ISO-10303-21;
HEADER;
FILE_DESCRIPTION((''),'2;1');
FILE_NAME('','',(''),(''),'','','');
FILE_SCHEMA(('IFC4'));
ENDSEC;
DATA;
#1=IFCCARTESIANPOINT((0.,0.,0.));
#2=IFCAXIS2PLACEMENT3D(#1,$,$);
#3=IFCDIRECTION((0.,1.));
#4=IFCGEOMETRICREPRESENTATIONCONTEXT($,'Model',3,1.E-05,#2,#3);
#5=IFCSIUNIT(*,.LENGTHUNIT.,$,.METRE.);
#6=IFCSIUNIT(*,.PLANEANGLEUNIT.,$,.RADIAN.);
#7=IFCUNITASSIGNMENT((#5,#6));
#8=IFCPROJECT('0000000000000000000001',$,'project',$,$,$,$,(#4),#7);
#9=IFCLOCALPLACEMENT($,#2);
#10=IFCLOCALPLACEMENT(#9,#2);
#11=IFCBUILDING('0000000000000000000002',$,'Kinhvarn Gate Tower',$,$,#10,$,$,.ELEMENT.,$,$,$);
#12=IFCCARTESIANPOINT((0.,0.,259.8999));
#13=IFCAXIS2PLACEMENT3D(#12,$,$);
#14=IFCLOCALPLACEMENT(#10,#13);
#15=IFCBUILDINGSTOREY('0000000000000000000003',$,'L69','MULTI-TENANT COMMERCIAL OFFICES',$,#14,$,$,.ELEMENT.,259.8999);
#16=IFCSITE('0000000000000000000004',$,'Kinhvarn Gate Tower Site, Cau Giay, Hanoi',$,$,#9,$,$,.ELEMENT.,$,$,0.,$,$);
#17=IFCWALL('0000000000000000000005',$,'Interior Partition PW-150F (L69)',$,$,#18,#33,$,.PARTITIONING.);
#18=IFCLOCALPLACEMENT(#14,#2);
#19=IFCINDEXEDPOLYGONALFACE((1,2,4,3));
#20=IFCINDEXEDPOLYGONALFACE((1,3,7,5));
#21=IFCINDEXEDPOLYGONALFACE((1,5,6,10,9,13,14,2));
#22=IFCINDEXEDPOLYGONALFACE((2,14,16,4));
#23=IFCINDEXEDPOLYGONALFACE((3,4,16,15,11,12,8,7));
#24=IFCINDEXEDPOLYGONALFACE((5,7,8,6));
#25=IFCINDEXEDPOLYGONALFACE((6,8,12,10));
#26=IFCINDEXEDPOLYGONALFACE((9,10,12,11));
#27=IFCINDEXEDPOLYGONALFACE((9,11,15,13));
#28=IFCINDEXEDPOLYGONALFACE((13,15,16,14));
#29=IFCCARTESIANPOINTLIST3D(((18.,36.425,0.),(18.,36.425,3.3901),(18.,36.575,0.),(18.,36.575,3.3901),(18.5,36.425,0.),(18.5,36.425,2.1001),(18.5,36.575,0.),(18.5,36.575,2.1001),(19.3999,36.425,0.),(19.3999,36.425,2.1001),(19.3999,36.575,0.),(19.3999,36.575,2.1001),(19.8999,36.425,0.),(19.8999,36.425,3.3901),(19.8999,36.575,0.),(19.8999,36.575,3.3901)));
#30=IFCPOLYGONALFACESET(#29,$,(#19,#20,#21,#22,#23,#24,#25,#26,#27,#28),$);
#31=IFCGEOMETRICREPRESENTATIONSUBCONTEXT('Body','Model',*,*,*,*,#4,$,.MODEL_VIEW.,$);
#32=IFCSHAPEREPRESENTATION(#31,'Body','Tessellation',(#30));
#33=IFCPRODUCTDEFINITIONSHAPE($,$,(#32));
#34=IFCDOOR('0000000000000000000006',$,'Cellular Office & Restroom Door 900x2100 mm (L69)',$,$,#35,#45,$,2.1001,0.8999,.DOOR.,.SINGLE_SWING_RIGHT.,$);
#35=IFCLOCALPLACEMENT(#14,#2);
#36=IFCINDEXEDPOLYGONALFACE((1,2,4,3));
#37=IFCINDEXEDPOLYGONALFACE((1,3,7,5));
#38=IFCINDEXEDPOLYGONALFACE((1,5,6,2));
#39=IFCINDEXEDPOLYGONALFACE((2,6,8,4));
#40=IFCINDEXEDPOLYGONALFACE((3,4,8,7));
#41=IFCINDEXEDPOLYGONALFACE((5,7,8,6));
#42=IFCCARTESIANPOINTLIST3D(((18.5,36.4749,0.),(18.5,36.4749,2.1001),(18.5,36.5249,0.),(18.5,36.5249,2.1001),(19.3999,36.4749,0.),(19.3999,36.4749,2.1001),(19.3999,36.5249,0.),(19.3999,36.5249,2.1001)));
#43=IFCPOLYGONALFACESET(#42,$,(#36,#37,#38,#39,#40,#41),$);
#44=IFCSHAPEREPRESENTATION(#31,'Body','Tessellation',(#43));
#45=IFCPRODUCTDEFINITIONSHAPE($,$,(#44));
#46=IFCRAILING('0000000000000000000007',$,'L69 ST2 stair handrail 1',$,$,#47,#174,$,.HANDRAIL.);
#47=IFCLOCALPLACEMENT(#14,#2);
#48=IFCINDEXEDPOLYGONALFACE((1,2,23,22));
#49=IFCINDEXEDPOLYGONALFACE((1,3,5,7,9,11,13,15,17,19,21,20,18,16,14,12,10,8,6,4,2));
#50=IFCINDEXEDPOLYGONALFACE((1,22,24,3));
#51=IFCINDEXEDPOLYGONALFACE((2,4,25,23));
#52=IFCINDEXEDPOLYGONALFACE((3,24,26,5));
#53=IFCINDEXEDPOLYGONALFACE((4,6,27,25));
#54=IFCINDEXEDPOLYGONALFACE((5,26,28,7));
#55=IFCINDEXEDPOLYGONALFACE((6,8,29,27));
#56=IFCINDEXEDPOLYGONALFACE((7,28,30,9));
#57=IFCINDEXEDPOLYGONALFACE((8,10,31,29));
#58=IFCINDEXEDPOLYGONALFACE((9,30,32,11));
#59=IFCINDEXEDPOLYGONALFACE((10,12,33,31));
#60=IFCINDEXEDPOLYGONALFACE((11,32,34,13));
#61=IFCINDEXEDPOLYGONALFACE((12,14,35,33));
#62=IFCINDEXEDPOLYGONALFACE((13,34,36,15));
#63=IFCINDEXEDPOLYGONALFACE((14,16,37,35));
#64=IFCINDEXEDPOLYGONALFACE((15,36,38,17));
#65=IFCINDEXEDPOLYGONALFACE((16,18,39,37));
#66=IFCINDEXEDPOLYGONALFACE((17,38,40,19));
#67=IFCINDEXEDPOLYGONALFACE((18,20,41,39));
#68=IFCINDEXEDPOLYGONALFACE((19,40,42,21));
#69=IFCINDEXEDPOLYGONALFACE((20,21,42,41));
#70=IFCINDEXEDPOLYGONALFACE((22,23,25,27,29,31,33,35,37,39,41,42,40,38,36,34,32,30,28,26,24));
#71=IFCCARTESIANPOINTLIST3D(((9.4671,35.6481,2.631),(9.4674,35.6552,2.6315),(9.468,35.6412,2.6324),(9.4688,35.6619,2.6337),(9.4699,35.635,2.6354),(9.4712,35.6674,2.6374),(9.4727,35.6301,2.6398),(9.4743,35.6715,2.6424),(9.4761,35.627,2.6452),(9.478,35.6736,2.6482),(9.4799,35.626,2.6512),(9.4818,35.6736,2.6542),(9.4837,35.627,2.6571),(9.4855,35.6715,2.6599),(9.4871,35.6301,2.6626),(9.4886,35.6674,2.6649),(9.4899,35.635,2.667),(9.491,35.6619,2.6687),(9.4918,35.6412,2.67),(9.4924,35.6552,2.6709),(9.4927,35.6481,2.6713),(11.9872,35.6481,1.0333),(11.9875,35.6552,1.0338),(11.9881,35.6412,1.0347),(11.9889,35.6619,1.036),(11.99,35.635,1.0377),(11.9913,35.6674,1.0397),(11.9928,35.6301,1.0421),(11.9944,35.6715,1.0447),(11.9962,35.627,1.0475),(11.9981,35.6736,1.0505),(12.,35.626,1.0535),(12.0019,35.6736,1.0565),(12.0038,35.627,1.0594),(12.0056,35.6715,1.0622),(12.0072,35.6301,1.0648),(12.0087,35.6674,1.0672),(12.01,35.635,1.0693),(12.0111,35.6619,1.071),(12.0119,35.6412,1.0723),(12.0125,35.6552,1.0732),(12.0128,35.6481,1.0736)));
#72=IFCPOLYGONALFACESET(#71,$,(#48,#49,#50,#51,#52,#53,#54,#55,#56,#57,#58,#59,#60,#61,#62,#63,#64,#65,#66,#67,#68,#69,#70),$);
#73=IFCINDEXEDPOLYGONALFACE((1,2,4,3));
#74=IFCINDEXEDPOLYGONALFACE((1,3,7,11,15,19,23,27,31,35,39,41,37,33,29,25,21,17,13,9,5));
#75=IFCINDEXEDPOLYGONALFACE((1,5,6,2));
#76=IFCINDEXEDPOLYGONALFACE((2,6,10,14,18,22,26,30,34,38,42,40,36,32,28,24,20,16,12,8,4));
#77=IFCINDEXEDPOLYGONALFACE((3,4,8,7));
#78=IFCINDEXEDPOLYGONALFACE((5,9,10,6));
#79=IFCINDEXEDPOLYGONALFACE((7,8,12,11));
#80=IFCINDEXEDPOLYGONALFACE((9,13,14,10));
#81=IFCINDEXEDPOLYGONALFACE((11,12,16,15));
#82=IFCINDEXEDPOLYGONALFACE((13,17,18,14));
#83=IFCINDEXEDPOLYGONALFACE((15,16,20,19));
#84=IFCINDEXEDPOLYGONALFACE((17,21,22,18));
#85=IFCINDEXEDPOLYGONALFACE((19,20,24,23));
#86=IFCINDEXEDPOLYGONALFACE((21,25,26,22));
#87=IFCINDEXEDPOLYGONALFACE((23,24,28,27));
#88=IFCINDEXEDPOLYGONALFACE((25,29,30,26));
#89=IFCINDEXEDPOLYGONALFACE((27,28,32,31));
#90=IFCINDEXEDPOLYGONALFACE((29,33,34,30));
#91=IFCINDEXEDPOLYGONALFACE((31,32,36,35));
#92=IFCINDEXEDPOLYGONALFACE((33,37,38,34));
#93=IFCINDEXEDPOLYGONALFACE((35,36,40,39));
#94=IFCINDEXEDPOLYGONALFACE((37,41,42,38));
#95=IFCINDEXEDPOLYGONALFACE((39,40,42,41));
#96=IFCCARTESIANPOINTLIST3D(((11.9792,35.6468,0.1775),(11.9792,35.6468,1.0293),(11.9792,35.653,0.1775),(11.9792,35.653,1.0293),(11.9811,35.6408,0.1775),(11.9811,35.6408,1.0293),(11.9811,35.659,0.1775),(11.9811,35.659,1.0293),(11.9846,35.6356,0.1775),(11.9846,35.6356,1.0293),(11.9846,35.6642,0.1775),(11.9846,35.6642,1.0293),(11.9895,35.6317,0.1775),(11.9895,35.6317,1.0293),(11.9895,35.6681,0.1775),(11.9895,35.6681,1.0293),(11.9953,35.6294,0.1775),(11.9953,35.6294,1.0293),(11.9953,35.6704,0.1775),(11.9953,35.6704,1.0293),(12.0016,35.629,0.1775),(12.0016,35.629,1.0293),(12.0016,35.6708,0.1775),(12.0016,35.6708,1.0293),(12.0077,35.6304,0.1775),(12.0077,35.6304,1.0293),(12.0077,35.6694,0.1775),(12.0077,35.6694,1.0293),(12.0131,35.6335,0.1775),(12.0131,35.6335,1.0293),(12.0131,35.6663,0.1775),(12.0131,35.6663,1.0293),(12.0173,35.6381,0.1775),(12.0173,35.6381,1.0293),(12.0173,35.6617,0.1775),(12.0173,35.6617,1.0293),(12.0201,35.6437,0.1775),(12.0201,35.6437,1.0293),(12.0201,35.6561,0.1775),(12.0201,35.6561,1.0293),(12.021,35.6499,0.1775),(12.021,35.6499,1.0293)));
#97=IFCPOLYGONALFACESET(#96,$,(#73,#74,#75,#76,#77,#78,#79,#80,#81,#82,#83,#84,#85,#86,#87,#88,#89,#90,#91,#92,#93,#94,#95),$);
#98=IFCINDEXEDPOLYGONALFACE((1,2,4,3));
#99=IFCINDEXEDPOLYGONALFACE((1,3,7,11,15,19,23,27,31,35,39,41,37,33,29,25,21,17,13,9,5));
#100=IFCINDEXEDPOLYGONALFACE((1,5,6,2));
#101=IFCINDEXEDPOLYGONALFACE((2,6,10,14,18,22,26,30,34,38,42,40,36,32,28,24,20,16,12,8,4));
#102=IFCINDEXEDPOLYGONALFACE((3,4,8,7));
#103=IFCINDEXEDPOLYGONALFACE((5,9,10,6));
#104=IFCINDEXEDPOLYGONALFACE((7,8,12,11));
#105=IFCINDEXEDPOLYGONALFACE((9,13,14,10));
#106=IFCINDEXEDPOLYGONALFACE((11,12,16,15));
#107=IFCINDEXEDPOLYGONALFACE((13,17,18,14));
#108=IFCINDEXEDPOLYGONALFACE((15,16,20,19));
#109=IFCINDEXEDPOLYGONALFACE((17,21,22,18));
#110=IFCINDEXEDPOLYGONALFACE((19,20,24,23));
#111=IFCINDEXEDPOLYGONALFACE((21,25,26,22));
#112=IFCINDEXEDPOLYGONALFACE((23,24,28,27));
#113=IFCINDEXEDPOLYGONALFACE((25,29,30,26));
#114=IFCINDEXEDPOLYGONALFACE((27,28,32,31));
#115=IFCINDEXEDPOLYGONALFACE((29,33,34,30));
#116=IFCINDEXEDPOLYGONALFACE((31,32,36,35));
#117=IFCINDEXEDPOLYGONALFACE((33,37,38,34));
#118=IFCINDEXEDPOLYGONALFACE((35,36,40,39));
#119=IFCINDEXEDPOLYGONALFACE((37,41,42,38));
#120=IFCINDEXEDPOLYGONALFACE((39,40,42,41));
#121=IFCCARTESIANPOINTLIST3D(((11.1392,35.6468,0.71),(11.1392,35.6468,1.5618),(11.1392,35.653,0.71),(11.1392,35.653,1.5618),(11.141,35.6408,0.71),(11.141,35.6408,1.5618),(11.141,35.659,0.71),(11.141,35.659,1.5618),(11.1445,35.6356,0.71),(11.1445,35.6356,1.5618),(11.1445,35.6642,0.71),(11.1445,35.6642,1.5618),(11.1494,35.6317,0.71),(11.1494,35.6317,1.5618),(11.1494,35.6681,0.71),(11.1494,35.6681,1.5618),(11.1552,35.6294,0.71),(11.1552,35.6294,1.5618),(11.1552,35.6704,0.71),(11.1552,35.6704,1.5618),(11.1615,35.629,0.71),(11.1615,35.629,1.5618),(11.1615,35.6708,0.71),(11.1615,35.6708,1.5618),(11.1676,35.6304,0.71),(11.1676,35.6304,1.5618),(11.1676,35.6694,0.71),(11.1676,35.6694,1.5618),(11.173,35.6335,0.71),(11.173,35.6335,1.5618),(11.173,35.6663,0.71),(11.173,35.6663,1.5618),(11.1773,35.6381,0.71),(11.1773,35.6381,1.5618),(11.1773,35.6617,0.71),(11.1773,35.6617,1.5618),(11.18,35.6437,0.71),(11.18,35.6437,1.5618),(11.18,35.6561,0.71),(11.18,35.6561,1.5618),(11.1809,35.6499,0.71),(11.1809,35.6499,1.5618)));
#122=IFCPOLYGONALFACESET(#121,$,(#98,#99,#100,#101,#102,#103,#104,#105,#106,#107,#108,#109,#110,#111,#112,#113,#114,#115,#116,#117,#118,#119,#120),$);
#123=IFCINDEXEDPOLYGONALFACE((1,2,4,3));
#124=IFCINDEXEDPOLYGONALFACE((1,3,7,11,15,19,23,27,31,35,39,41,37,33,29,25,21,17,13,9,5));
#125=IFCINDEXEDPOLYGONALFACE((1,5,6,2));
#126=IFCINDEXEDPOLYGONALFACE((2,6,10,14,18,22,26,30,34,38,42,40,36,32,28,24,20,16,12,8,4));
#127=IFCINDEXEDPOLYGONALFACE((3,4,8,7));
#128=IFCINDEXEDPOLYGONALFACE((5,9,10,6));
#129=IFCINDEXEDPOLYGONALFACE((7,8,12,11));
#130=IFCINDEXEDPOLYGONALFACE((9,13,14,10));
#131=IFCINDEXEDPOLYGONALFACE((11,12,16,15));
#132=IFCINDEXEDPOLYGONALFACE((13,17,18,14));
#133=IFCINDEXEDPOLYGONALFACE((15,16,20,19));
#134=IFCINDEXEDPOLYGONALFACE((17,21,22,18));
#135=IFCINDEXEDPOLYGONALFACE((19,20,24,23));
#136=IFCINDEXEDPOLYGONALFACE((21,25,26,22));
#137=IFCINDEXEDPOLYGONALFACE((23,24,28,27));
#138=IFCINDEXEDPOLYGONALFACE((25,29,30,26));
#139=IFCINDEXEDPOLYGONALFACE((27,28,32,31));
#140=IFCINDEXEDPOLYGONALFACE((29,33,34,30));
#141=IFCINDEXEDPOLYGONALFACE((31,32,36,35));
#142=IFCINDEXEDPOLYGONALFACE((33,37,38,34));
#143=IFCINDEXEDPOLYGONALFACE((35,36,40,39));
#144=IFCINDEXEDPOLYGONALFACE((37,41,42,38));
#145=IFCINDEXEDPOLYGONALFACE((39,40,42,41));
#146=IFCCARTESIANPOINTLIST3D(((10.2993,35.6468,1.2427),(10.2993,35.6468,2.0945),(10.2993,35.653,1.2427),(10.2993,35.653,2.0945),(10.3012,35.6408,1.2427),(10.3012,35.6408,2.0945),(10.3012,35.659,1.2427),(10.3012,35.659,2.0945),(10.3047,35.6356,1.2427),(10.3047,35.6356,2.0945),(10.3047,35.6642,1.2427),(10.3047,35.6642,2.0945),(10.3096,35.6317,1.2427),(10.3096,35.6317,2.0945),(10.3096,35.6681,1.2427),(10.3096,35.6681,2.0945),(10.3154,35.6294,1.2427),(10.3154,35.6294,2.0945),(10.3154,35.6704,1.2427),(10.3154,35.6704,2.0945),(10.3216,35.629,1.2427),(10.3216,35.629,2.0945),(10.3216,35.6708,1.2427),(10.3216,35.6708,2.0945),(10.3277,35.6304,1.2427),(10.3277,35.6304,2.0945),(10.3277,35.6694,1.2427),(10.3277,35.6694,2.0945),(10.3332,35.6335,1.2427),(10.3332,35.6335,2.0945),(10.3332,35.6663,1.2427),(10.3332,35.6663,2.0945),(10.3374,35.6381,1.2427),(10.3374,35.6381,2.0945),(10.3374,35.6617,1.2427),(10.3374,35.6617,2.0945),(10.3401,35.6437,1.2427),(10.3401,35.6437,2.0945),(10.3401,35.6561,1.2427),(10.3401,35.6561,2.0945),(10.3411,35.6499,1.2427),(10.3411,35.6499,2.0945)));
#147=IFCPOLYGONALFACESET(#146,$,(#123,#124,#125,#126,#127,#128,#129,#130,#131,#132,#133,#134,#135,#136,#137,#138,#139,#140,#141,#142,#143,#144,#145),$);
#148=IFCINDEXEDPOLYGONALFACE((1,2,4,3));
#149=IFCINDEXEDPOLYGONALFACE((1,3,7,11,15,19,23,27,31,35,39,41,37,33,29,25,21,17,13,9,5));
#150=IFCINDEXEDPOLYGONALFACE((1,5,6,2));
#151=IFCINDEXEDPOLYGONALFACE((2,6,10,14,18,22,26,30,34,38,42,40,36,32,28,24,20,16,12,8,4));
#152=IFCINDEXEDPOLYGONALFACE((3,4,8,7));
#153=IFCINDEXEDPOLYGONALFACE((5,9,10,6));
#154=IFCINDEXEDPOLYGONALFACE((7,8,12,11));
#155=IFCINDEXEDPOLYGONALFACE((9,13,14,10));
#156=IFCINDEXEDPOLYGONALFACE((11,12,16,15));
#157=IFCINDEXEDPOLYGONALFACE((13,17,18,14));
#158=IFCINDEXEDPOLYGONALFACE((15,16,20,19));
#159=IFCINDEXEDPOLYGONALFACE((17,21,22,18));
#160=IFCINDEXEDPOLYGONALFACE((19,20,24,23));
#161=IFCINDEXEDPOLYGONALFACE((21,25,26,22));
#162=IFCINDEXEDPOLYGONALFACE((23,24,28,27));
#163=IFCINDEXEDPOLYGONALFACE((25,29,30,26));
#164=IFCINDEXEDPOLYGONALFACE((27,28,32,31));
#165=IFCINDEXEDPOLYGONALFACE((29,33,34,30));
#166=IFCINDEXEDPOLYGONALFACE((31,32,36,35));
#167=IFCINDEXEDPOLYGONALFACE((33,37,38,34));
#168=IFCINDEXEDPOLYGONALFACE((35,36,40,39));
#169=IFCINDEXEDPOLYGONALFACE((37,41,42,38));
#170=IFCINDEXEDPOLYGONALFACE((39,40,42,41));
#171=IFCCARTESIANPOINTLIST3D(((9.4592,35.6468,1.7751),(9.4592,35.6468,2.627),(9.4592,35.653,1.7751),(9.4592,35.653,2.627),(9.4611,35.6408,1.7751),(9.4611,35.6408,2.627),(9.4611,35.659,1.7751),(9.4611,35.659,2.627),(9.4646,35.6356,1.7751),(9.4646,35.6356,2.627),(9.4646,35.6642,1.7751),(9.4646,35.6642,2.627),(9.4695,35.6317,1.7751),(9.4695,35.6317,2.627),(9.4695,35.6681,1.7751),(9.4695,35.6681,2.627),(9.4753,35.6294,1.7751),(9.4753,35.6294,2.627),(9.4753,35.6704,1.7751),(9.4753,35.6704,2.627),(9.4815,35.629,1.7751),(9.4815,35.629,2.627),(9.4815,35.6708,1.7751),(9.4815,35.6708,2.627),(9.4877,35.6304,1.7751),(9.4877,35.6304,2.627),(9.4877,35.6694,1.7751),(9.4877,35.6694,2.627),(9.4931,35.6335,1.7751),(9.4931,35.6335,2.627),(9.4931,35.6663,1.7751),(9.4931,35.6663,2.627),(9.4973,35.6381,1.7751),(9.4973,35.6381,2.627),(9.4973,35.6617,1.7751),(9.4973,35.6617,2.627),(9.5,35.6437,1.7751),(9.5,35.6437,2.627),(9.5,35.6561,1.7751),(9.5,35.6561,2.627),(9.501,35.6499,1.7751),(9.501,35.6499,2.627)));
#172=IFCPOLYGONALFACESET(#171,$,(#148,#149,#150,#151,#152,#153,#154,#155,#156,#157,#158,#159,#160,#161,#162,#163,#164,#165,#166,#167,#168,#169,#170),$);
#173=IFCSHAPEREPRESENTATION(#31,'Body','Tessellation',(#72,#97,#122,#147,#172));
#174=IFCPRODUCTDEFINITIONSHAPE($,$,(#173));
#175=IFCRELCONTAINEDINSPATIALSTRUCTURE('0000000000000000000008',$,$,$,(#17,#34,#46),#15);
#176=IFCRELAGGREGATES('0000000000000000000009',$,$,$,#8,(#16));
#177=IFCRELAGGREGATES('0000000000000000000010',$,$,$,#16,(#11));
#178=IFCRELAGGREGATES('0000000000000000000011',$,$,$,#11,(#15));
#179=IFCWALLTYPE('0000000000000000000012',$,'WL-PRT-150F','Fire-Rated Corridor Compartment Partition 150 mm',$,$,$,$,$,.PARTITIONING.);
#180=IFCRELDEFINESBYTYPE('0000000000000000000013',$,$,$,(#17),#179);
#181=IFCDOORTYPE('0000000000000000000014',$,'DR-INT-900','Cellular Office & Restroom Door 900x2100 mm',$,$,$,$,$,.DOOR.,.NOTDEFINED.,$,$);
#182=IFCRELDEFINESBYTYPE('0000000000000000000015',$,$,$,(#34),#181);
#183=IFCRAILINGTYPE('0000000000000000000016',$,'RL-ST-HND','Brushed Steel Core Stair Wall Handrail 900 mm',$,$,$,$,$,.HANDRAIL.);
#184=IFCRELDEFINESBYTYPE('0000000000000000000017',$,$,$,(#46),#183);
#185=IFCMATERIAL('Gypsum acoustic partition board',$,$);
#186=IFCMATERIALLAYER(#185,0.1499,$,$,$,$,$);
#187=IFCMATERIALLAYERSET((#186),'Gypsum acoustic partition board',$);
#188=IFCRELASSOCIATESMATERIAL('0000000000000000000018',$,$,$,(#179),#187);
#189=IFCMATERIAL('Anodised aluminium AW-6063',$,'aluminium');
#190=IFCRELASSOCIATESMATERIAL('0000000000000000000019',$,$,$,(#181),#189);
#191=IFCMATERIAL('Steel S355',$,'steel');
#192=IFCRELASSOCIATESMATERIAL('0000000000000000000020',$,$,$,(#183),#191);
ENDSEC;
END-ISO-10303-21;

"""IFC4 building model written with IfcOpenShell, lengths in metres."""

from ifc_helpers import new_model, si_unit, direction, frame, frame_2d, origin, origin_2d, place, context, subcontext, project, spatial, rectangle, circle, extrude, material, layer, layer_set, type_object, element, fill, save


model = new_model("IFC4")

# Units and contexts
model_context = context("Model", 3, precision=1e-05, world=origin(), true_north=direction((0.0, 1.0)))
body_context = subcontext(model_context, "Body", "Model", "MODEL_VIEW")
ifc_project = project(units=[si_unit("LENGTHUNIT", "METRE"), si_unit("PLANEANGLEUNIT", "RADIAN")], contexts=[model_context])

# Site, building, storey
site_placement = place(None, origin())
site = spatial("IfcSite", under=ifc_project, at=site_placement, Name="Kinhvarn Gate Tower Site, Cau Giay, Hanoi", CompositionType="ELEMENT", RefElevation=0.0)
building_placement = place(site_placement, origin())
building = spatial("IfcBuilding", under=site, at=building_placement, Name="Kinhvarn Gate Tower", CompositionType="ELEMENT")
storey_placement = place(building_placement, frame((0.0, 0.0, 259.8999)))
storey = spatial("IfcBuildingStorey", under=building, at=storey_placement, Name="L69", Description="MULTI-TENANT COMMERCIAL OFFICES", CompositionType="ELEMENT", Elevation=259.8999)

# Shared definitions
ifc_material_1 = material(Name="Anodised aluminium AW-6063", Category="aluminium")

# Shared definitions
ifc_material_2 = material(Name="Steel S355", Category="steel")

# Shared definitions
ifc_material_3 = material(Name="Gypsum acoustic partition board")

# Wall, opening, door
ifc_layer_1 = layer(ifc_material_3, 0.1499)
ifc_layer_set_1 = layer_set([ifc_layer_1], Name="Gypsum acoustic partition board")
wall_type_1 = type_object("IfcWallType", Name="WL-PRT-150F", Description="Fire-Rated Corridor Compartment Partition 150 mm", PredefinedType="PARTITIONING", material=ifc_layer_set_1)
wall_1_placement = place(storey_placement, frame((18.0, 36.5, 0.0), z_axis=(0.0, 0.0, 1.0), x_axis=(1.0, 0.0, 0.0)))
wall_1 = element("IfcWall", 1, at=wall_1_placement, inside=storey, type_object=wall_type_1, Name="Interior Partition PW-150F (L69)", PredefinedType="PARTITIONING", context=body_context, shape_type="SweptSolid", body=[
    extrude(rectangle(XDim=1.8999, YDim=0.1499, at=frame_2d((0.95, 0.0))), origin(), (0.0, 0.0, 1.0), 3.3901),
])
opening_placement = place(wall_1_placement, frame((0.5, 0.0, 0.0)))
opening = element("IfcOpeningElement", 2, at=opening_placement, cuts=wall_1, PredefinedType="OPENING", context=body_context, shape_type="SweptSolid", body=[
    extrude(rectangle(XDim=0.8999, YDim=2.1001, at=frame_2d((0.45, 1.05))), frame((0.0, 0.085, 0.0), z_axis=(0.0, -1.0, 0.0), x_axis=(1.0, 0.0, 0.0)), (0.0, 0.0, 1.0), 0.1699),
])
door_type = type_object("IfcDoorType", Name="DR-INT-900", Description="Cellular Office & Restroom Door 900x2100 mm", OperationType="NOTDEFINED", PredefinedType="DOOR", material=ifc_material_1)
door_placement = place(opening_placement, origin())
door = element("IfcDoor", 3, at=door_placement, inside=storey, type_object=door_type, Name="Cellular Office & Restroom Door 900x2100 mm (L69)", OperationType="SINGLE_SWING_RIGHT", OverallHeight=2.1001, OverallWidth=0.8999, PredefinedType="DOOR", context=body_context, shape_type="SweptSolid", body=[
    extrude(rectangle(XDim=0.8999, YDim=2.1001, at=frame_2d((0.45, 1.05))), frame((0.0, 0.0249, 0.0), z_axis=(0.0, -1.0, 0.0), x_axis=(1.0, 0.0, 0.0)), (0.0, 0.0, 1.0), 0.05),
])
fill(opening, door)

# Railing
railing_type = type_object("IfcRailingType", Name="RL-ST-HND", Description="Brushed Steel Core Stair Wall Handrail 900 mm", PredefinedType="HANDRAIL", material=ifc_material_2)
railing_placement = place(storey_placement, frame((12.0, 35.6499, 0.1775)))
element("IfcRailing", 4, at=railing_placement, inside=storey, type_object=railing_type, Name="L69 ST2 stair handrail 1", PredefinedType="HANDRAIL", context=body_context, shape_type="SweptSolid", body=[
    extrude(circle(Radius=0.0239, at=origin_2d()), frame((0.0, 0.0, 0.876), z_axis=(-0.84457, 0.0, 0.535445), x_axis=(0.0, -1.0, 0.0)), (0.0, 0.0, 1.0), 2.9839),
    extrude(circle(Radius=0.021, at=origin_2d()), origin(), (0.0, 0.0, 1.0), 0.8518),
    extrude(circle(Radius=0.021, at=origin_2d()), frame((-0.8401, 0.0, 0.5325)), (0.0, 0.0, 1.0), 0.8518),
    extrude(circle(Radius=0.021, at=origin_2d()), frame((-1.6799, 0.0, 1.0652)), (0.0, 0.0, 1.0), 0.8518),
    extrude(circle(Radius=0.021, at=origin_2d()), frame((-2.52, 0.0, 1.5977)), (0.0, 0.0, 1.0), 0.8518),
])

save(model, "model.ifc")
